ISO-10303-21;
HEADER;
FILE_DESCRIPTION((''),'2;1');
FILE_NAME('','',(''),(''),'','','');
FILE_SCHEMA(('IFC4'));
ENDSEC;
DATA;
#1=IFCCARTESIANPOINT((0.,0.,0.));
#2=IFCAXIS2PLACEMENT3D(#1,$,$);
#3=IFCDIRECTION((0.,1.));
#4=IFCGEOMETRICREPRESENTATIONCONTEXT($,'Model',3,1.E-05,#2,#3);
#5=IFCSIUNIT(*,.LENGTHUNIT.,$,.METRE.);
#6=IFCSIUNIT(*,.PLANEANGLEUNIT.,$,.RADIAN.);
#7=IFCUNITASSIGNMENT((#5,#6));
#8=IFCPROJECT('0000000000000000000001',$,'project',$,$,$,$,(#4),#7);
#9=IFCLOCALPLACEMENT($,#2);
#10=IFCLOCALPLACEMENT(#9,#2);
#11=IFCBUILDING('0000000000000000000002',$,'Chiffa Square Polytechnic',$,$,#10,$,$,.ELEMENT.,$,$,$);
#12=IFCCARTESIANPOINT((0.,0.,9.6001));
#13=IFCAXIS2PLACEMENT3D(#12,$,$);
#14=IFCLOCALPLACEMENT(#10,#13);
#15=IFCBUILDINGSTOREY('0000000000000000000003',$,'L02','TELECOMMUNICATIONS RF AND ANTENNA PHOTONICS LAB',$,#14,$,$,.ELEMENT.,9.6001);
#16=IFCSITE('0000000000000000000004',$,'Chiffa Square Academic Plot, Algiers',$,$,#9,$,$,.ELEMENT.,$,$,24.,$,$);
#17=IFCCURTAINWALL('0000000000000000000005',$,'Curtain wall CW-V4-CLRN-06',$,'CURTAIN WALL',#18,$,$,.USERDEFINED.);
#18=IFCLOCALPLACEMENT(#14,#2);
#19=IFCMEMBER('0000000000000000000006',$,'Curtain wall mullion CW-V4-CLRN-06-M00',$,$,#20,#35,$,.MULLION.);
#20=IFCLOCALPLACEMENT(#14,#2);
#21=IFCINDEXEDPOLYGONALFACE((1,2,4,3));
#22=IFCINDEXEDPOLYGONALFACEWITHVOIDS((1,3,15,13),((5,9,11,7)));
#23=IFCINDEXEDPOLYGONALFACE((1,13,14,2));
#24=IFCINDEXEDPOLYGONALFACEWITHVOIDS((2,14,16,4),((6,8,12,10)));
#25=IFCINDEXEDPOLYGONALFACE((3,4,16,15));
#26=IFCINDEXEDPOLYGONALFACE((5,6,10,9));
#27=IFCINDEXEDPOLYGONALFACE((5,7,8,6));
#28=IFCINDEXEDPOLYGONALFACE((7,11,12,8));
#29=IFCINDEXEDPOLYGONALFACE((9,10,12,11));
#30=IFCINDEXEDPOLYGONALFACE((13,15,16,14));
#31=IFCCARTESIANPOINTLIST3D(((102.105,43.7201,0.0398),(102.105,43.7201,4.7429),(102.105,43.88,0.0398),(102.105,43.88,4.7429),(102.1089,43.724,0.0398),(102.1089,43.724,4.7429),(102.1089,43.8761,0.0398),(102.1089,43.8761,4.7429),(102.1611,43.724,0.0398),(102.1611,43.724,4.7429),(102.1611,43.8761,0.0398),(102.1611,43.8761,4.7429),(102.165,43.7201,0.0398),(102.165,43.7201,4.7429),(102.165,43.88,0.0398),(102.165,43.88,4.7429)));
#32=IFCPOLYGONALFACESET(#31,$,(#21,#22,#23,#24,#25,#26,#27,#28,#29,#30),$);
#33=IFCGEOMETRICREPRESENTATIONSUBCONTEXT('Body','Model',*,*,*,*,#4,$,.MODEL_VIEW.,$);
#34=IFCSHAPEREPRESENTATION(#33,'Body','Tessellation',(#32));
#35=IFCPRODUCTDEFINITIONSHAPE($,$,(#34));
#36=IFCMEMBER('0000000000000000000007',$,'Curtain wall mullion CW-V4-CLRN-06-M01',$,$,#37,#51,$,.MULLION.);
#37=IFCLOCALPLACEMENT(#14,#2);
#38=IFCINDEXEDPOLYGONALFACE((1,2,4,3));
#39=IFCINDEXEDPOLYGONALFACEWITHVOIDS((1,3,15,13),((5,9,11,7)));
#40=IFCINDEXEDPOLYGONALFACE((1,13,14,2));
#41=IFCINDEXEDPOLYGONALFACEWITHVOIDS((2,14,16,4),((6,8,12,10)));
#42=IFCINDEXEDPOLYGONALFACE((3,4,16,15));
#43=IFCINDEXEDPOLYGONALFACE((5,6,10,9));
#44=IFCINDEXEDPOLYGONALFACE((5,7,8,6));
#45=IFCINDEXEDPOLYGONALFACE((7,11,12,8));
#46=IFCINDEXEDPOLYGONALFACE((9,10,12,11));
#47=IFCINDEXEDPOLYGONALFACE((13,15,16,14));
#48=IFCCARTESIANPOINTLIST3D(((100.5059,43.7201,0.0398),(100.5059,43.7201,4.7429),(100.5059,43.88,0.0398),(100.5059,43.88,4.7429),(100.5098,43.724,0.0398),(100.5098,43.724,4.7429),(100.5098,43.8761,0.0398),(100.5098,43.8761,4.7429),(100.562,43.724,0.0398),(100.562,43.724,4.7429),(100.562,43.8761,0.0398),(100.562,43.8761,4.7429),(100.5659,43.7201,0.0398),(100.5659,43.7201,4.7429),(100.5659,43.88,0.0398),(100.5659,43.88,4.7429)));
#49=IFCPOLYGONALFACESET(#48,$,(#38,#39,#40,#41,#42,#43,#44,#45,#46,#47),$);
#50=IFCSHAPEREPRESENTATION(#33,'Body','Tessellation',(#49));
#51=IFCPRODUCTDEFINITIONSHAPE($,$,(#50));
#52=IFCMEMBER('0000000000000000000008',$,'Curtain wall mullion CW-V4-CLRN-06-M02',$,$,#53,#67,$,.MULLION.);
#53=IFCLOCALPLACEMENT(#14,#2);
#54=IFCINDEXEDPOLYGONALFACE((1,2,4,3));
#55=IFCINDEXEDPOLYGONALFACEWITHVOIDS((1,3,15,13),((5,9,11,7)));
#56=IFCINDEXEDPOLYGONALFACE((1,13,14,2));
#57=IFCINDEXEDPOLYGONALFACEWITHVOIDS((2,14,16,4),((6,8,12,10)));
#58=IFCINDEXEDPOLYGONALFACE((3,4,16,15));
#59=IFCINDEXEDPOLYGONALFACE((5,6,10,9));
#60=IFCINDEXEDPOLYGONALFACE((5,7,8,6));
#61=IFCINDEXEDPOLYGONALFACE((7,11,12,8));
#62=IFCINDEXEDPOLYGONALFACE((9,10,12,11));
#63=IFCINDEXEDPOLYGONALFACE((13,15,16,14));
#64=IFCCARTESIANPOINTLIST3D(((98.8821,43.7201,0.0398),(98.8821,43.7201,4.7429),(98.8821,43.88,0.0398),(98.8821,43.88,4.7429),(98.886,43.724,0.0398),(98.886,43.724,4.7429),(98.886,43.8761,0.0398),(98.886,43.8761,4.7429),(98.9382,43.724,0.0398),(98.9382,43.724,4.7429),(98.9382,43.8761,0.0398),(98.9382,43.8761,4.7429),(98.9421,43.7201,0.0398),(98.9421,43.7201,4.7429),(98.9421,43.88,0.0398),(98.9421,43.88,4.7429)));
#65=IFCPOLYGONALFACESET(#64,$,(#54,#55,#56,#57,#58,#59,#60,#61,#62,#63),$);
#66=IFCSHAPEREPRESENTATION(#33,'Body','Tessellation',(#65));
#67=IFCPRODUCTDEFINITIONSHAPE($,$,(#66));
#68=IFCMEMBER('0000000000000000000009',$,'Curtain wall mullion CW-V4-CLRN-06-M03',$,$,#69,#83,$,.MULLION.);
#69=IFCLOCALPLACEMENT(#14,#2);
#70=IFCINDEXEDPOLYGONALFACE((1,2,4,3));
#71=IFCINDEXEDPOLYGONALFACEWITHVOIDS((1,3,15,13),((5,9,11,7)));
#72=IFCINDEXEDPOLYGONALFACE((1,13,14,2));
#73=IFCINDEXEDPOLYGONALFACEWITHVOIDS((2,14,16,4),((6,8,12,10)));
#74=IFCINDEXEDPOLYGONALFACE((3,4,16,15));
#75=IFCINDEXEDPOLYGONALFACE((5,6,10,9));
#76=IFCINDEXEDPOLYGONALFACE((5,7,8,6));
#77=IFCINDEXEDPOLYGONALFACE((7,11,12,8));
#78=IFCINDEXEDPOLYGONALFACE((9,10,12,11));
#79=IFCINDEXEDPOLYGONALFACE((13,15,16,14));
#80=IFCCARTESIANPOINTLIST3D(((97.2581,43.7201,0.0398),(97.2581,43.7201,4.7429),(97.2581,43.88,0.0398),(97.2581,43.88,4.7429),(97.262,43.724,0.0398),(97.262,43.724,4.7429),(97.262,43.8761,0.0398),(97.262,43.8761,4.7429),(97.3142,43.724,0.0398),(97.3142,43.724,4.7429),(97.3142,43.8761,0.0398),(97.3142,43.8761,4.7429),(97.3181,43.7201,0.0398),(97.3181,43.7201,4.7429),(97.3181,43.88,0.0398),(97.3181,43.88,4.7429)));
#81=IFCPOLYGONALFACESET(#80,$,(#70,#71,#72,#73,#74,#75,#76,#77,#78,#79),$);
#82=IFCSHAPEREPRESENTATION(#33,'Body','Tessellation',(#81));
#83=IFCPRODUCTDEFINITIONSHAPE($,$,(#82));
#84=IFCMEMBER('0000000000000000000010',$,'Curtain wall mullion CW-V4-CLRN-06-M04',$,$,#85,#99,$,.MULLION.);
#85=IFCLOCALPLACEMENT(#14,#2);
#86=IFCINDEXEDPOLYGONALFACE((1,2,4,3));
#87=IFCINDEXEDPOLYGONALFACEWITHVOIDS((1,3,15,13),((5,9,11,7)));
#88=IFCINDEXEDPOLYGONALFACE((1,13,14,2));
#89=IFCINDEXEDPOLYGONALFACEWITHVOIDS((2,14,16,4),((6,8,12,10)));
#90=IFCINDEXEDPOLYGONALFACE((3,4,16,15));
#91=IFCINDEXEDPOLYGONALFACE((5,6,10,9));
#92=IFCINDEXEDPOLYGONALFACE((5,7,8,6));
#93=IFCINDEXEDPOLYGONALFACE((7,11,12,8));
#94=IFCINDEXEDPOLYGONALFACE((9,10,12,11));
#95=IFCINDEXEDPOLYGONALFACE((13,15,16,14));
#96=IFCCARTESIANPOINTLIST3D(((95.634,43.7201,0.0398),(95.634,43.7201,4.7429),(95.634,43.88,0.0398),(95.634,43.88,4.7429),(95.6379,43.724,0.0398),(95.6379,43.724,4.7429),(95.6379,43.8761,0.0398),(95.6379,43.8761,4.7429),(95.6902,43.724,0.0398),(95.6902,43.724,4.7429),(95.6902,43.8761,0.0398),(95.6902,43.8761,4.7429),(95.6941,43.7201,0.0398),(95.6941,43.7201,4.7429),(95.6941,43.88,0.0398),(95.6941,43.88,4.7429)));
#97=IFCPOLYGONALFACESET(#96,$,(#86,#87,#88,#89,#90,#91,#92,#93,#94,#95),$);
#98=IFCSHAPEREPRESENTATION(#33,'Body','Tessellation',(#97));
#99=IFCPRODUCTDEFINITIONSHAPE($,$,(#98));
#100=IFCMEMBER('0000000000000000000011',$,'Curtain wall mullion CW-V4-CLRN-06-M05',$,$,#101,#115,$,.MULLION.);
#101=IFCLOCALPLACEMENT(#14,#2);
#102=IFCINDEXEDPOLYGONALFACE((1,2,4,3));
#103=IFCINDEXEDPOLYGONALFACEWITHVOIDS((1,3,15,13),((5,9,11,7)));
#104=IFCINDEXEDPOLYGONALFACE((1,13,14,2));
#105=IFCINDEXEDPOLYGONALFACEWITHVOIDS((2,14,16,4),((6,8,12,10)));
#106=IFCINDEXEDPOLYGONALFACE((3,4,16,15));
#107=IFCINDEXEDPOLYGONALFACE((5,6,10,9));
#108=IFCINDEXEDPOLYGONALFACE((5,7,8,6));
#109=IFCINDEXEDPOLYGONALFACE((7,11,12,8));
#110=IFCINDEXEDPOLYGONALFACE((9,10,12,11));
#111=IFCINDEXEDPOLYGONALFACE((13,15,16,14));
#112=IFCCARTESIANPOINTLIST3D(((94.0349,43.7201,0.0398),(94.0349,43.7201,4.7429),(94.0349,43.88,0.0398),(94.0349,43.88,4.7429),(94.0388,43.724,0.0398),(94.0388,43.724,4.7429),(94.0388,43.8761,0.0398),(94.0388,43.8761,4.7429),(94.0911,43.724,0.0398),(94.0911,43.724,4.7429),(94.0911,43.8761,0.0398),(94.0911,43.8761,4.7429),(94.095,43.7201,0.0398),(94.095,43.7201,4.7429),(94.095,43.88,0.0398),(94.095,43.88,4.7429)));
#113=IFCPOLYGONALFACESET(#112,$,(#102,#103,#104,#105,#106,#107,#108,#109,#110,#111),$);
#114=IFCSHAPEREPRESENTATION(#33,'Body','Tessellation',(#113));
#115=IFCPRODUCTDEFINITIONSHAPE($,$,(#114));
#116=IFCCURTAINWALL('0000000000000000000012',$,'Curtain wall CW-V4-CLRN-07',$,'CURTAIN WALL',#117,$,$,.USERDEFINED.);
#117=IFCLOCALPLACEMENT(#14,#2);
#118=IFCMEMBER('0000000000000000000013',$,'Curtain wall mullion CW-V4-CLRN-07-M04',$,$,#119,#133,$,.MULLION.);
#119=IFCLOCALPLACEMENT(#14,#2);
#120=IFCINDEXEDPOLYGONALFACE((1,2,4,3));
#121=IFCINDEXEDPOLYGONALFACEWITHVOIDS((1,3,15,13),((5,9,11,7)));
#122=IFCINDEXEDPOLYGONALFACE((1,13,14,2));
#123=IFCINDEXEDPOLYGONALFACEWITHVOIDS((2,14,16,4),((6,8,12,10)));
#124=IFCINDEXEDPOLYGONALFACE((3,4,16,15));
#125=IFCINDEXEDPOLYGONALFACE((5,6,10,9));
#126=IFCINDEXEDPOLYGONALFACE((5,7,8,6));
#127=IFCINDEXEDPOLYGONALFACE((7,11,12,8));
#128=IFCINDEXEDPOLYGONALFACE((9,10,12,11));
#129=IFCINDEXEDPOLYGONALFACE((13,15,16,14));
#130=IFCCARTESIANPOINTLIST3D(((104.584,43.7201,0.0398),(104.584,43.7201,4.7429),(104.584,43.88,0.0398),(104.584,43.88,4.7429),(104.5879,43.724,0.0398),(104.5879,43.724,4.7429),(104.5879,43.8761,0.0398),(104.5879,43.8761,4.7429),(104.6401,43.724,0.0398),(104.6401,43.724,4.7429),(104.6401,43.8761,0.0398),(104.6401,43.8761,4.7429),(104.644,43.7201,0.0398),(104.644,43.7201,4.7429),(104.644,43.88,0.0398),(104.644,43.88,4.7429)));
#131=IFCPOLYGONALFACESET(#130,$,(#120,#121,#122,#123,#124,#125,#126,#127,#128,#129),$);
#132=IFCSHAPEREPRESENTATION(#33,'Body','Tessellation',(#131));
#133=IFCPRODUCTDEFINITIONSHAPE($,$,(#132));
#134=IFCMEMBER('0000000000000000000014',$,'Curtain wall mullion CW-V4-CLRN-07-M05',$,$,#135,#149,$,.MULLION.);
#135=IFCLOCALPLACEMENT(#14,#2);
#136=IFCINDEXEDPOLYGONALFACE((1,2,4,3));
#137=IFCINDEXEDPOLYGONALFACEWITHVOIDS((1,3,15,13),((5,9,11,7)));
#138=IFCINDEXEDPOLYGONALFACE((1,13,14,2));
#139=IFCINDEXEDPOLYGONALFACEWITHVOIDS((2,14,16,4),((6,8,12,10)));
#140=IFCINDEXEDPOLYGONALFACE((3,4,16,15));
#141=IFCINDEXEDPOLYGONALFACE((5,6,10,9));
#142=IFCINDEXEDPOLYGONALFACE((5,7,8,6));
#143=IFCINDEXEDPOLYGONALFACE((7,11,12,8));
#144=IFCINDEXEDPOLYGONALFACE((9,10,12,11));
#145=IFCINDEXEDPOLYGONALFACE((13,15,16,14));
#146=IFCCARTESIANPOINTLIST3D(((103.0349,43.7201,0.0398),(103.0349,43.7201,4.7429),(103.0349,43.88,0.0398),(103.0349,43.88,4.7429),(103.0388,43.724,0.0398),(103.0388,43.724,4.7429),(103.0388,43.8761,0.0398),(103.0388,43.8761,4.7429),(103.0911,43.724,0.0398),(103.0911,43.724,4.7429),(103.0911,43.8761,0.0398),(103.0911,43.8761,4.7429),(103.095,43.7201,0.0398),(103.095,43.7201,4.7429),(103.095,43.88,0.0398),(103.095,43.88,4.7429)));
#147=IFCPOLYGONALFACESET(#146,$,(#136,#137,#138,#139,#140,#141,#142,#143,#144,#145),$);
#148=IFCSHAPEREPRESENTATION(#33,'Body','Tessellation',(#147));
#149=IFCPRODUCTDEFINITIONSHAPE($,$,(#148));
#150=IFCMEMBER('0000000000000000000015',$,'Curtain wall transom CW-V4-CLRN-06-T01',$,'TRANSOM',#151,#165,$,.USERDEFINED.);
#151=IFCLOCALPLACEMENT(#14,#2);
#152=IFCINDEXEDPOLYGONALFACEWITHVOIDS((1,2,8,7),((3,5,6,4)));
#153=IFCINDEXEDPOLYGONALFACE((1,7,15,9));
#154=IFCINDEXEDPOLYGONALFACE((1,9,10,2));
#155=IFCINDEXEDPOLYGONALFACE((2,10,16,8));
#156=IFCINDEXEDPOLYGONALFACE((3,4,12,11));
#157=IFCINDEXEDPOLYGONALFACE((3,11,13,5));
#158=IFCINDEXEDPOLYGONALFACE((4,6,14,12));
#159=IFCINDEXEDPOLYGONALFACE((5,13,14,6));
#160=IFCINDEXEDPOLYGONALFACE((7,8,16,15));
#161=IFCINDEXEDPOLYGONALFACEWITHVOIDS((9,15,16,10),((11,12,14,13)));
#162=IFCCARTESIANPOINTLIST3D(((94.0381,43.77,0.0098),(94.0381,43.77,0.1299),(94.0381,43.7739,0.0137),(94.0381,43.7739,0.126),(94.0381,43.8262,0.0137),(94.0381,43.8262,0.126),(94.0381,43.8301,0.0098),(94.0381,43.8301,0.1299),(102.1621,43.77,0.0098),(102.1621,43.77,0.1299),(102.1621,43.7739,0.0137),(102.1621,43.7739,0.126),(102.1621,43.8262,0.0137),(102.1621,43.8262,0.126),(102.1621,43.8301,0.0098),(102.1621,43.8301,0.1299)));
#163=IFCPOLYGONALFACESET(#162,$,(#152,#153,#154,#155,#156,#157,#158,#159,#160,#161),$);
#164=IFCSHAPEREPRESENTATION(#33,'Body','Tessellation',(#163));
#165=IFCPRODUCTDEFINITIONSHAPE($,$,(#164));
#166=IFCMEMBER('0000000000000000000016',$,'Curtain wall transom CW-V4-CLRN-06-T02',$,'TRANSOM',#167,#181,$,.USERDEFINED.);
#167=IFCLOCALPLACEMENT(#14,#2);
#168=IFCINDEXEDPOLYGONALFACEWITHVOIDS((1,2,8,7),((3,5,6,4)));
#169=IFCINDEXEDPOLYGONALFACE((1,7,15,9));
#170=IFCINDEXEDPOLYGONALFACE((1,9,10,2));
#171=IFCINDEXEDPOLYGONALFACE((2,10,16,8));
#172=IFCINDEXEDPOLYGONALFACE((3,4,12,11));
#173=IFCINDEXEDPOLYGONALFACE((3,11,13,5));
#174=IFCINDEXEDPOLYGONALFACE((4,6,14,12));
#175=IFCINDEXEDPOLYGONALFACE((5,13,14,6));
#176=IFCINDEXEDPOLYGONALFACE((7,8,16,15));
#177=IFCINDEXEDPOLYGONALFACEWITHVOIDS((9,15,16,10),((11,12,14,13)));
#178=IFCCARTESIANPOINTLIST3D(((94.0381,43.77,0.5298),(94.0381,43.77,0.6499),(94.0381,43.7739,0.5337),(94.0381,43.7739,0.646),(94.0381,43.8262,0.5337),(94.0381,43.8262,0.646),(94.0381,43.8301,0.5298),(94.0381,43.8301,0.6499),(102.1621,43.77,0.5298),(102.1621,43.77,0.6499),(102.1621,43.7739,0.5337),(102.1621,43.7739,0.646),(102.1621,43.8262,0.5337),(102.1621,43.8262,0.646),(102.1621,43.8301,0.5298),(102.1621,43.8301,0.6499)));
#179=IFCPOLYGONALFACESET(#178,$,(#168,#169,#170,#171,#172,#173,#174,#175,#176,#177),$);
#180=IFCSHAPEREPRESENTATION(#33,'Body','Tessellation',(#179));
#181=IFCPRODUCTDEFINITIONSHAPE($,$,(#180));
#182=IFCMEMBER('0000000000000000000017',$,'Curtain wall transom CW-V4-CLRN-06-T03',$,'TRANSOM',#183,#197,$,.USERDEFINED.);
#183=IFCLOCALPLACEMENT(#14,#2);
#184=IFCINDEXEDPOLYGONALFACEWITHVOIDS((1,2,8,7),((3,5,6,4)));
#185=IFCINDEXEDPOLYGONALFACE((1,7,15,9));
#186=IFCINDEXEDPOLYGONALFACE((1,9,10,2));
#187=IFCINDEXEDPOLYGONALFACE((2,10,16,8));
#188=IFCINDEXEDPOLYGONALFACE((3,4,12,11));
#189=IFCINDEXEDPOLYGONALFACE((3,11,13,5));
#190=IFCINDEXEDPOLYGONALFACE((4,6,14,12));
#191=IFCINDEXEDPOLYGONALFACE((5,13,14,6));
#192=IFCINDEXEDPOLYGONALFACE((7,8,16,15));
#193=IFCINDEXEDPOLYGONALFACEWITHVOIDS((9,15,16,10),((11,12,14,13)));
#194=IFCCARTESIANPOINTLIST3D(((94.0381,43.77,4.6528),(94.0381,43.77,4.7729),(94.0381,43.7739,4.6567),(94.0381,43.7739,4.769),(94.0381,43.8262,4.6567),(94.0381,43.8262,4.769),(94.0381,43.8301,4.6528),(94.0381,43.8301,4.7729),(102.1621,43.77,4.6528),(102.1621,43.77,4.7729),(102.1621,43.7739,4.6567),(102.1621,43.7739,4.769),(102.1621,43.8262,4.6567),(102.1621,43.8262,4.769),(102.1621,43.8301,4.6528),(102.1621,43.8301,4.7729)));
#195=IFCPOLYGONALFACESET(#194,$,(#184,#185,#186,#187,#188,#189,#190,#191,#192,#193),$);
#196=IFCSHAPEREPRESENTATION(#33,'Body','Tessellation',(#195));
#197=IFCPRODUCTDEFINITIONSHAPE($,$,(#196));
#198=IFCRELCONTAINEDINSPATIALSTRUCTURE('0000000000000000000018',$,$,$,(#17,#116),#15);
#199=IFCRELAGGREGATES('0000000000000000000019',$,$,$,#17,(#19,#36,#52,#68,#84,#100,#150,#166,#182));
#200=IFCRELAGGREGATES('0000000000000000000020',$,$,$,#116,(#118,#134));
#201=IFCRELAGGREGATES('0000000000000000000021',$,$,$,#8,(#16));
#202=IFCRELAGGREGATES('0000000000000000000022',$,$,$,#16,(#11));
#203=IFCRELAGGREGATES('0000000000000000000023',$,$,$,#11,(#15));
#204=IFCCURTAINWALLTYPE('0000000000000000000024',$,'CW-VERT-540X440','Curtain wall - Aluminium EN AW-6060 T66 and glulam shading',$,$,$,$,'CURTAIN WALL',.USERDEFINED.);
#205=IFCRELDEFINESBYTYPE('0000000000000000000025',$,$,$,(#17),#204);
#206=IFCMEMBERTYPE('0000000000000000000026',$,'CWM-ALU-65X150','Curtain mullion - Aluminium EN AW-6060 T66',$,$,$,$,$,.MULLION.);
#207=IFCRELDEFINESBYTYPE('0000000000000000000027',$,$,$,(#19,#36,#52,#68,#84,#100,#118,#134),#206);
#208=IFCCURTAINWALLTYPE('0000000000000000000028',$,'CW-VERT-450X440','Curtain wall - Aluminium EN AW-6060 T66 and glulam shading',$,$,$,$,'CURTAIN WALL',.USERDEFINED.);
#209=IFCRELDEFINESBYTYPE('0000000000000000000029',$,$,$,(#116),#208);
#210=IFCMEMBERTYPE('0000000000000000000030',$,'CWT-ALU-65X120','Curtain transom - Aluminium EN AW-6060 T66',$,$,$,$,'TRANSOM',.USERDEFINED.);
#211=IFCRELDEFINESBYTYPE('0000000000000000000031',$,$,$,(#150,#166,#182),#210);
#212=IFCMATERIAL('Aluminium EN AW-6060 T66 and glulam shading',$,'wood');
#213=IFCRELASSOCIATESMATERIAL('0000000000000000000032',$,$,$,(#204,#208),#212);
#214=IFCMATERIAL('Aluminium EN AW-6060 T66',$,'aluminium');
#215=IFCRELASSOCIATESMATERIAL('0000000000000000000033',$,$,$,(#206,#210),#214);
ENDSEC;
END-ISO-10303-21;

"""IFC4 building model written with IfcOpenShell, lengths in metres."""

from ifc_helpers import new_model, si_unit, direction, frame, origin, origin_2d, place, context, subcontext, project, spatial, hollow_rectangle, extrude, material, material_profile, profile_set, type_object, element, aggregate, save


model = new_model("IFC4")

# Units and contexts
model_context = context("Model", 3, precision=1e-05, world=origin(), true_north=direction((0.0, 1.0)))
body_context = subcontext(model_context, "Body", "Model", "MODEL_VIEW")
ifc_project = project(units=[si_unit("LENGTHUNIT", "METRE"), si_unit("PLANEANGLEUNIT", "RADIAN")], contexts=[model_context])

# Site, building, storey
site_placement = place(None, origin())
site = spatial("IfcSite", under=ifc_project, at=site_placement, Name="Chiffa Square Academic Plot, Algiers", CompositionType="ELEMENT", RefElevation=24.0)
building_placement = place(site_placement, origin())
building = spatial("IfcBuilding", under=site, at=building_placement, Name="Chiffa Square Polytechnic", CompositionType="ELEMENT")
storey_placement = place(building_placement, frame((0.0, 0.0, 9.6001)))
storey = spatial("IfcBuildingStorey", under=building, at=storey_placement, Name="L02", Description="TELECOMMUNICATIONS RF AND ANTENNA PHOTONICS LAB", CompositionType="ELEMENT", Elevation=9.6001)

# Curtain walls, members
ifc_material_1 = material(Name="Aluminium EN AW-6060 T66 and glulam shading", Category="wood")
curtain_wall_type_1 = type_object("IfcCurtainWallType", Name="CW-VERT-540X440", Description="Curtain wall - Aluminium EN AW-6060 T66 and glulam shading", ElementType="CURTAIN WALL", PredefinedType="USERDEFINED", material=ifc_material_1)
curtain_wall_1_placement = place(storey_placement, origin())
curtain_wall_1 = element("IfcCurtainWall", 1, at=curtain_wall_1_placement, inside=storey, type_object=curtain_wall_type_1, Name="Curtain wall CW-V4-CLRN-06", ObjectType="CURTAIN WALL", PredefinedType="USERDEFINED")
ifc_material_2 = material(Name="Aluminium EN AW-6060 T66", Category="aluminium")
ifc_material_profile_1 = material_profile(ifc_material_2, hollow_rectangle(XDim=0.0601, YDim=0.1599, WallThickness=0.0039, at=origin_2d()), Name="ALU 60x160x4")
ifc_profile_set_1 = profile_set([ifc_material_profile_1], Name="Aluminium EN AW-6060 T66")
member_type_1 = type_object("IfcMemberType", Name="CWM-ALU-65X150", Description="Curtain mullion - Aluminium EN AW-6060 T66", PredefinedType="MULLION", material=ifc_profile_set_1)
member_1_placement = place(storey_placement, frame((102.135, 43.8, 0.0398), z_axis=(0.0, 0.0, 1.0), x_axis=(1.0, 0.0, 0.0)))
member_1 = element("IfcMember", 2, at=member_1_placement, type_object=member_type_1, Name="Curtain wall mullion CW-V4-CLRN-06-M00", PredefinedType="MULLION", context=body_context, shape_type="SweptSolid", body=[
    extrude(hollow_rectangle(XDim=0.0601, YDim=0.1599, WallThickness=0.0039, at=origin_2d()), origin(), (0.0, 0.0, 1.0), 4.7031),
])
member_2_placement = place(storey_placement, frame((100.5359, 43.8, 0.0398), z_axis=(0.0, 0.0, 1.0), x_axis=(1.0, 0.0, 0.0)))
member_2 = element("IfcMember", 3, at=member_2_placement, type_object=member_type_1, Name="Curtain wall mullion CW-V4-CLRN-06-M01", PredefinedType="MULLION", context=body_context, shape_type="SweptSolid", body=[
    extrude(hollow_rectangle(XDim=0.0601, YDim=0.1599, WallThickness=0.0039, at=origin_2d()), origin(), (0.0, 0.0, 1.0), 4.7031),
])
member_3_placement = place(storey_placement, frame((98.9121, 43.8, 0.0398), z_axis=(0.0, 0.0, 1.0), x_axis=(1.0, 0.0, 0.0)))
member_3 = element("IfcMember", 4, at=member_3_placement, type_object=member_type_1, Name="Curtain wall mullion CW-V4-CLRN-06-M02", PredefinedType="MULLION", context=body_context, shape_type="SweptSolid", body=[
    extrude(hollow_rectangle(XDim=0.0601, YDim=0.1599, WallThickness=0.0039, at=origin_2d()), origin(), (0.0, 0.0, 1.0), 4.7031),
])
member_4_placement = place(storey_placement, frame((97.2881, 43.8, 0.0398), z_axis=(0.0, 0.0, 1.0), x_axis=(1.0, 0.0, 0.0)))
member_4 = element("IfcMember", 5, at=member_4_placement, type_object=member_type_1, Name="Curtain wall mullion CW-V4-CLRN-06-M03", PredefinedType="MULLION", context=body_context, shape_type="SweptSolid", body=[
    extrude(hollow_rectangle(XDim=0.0601, YDim=0.1599, WallThickness=0.0039, at=origin_2d()), origin(), (0.0, 0.0, 1.0), 4.7031),
])
member_5_placement = place(storey_placement, frame((95.6641, 43.8, 0.0398), z_axis=(0.0, 0.0, 1.0), x_axis=(1.0, 0.0, 0.0)))
member_5 = element("IfcMember", 6, at=member_5_placement, type_object=member_type_1, Name="Curtain wall mullion CW-V4-CLRN-06-M04", PredefinedType="MULLION", context=body_context, shape_type="SweptSolid", body=[
    extrude(hollow_rectangle(XDim=0.0601, YDim=0.1599, WallThickness=0.0039, at=origin_2d()), origin(), (0.0, 0.0, 1.0), 4.7031),
])
member_6_placement = place(storey_placement, frame((94.0649, 43.8, 0.0398), z_axis=(0.0, 0.0, 1.0), x_axis=(1.0, 0.0, 0.0)))
member_6 = element("IfcMember", 7, at=member_6_placement, type_object=member_type_1, Name="Curtain wall mullion CW-V4-CLRN-06-M05", PredefinedType="MULLION", context=body_context, shape_type="SweptSolid", body=[
    extrude(hollow_rectangle(XDim=0.0601, YDim=0.1599, WallThickness=0.0039, at=origin_2d()), origin(), (0.0, 0.0, 1.0), 4.7031),
])
curtain_wall_type_2 = type_object("IfcCurtainWallType", Name="CW-VERT-450X440", Description="Curtain wall - Aluminium EN AW-6060 T66 and glulam shading", ElementType="CURTAIN WALL", PredefinedType="USERDEFINED", material=ifc_material_1)
curtain_wall_2_placement = place(storey_placement, origin())
curtain_wall_2 = element("IfcCurtainWall", 8, at=curtain_wall_2_placement, inside=storey, type_object=curtain_wall_type_2, Name="Curtain wall CW-V4-CLRN-07", ObjectType="CURTAIN WALL", PredefinedType="USERDEFINED")
member_7_placement = place(storey_placement, frame((104.614, 43.8, 0.0398), z_axis=(0.0, 0.0, 1.0), x_axis=(1.0, 0.0, 0.0)))
member_7 = element("IfcMember", 9, at=member_7_placement, type_object=member_type_1, Name="Curtain wall mullion CW-V4-CLRN-07-M04", PredefinedType="MULLION", context=body_context, shape_type="SweptSolid", body=[
    extrude(hollow_rectangle(XDim=0.0601, YDim=0.1599, WallThickness=0.0039, at=origin_2d()), origin(), (0.0, 0.0, 1.0), 4.7031),
])
member_8_placement = place(storey_placement, frame((103.0649, 43.8, 0.0398), z_axis=(0.0, 0.0, 1.0), x_axis=(1.0, 0.0, 0.0)))
member_8 = element("IfcMember", 10, at=member_8_placement, type_object=member_type_1, Name="Curtain wall mullion CW-V4-CLRN-07-M05", PredefinedType="MULLION", context=body_context, shape_type="SweptSolid", body=[
    extrude(hollow_rectangle(XDim=0.0601, YDim=0.1599, WallThickness=0.0039, at=origin_2d()), origin(), (0.0, 0.0, 1.0), 4.7031),
])

# Members
ifc_material_profile_2 = material_profile(ifc_material_2, hollow_rectangle(XDim=0.0601, YDim=0.1201, WallThickness=0.0039, at=origin_2d()), Name="ALU 60x120x4")
ifc_profile_set_2 = profile_set([ifc_material_profile_2], Name="Aluminium EN AW-6060 T66")
member_type_2 = type_object("IfcMemberType", Name="CWT-ALU-65X120", Description="Curtain transom - Aluminium EN AW-6060 T66", ElementType="TRANSOM", PredefinedType="USERDEFINED", material=ifc_profile_set_2)
member_9_placement = place(storey_placement, frame((102.1621, 43.8, 0.0698), z_axis=(-1.0, 0.0, 0.0), x_axis=(0.0, -1.0, 0.0)))
member_9 = element("IfcMember", 11, at=member_9_placement, type_object=member_type_2, Name="Curtain wall transom CW-V4-CLRN-06-T01", ObjectType="TRANSOM", PredefinedType="USERDEFINED", context=body_context, shape_type="SweptSolid", body=[
    extrude(hollow_rectangle(XDim=0.0601, YDim=0.1201, WallThickness=0.0039, at=origin_2d()), origin(), (0.0, 0.0, 1.0), 8.124),
])
member_10_placement = place(storey_placement, frame((102.1621, 43.8, 0.5898), z_axis=(-1.0, 0.0, 0.0), x_axis=(0.0, -1.0, 0.0)))
member_10 = element("IfcMember", 12, at=member_10_placement, type_object=member_type_2, Name="Curtain wall transom CW-V4-CLRN-06-T02", ObjectType="TRANSOM", PredefinedType="USERDEFINED", context=body_context, shape_type="SweptSolid", body=[
    extrude(hollow_rectangle(XDim=0.0601, YDim=0.1201, WallThickness=0.0039, at=origin_2d()), origin(), (0.0, 0.0, 1.0), 8.124),
])
member_11_placement = place(storey_placement, frame((102.1621, 43.8, 4.7129), z_axis=(-1.0, 0.0, 0.0), x_axis=(0.0, -1.0, 0.0)))
member_11 = element("IfcMember", 13, at=member_11_placement, type_object=member_type_2, Name="Curtain wall transom CW-V4-CLRN-06-T03", ObjectType="TRANSOM", PredefinedType="USERDEFINED", context=body_context, shape_type="SweptSolid", body=[
    extrude(hollow_rectangle(XDim=0.0601, YDim=0.1201, WallThickness=0.0039, at=origin_2d()), origin(), (0.0, 0.0, 1.0), 8.124),
])

aggregate(curtain_wall_1, [member_1, member_2, member_3, member_4, member_5, member_6, member_9, member_10, member_11])
aggregate(curtain_wall_2, [member_7, member_8])

save(model, "model.ifc")
